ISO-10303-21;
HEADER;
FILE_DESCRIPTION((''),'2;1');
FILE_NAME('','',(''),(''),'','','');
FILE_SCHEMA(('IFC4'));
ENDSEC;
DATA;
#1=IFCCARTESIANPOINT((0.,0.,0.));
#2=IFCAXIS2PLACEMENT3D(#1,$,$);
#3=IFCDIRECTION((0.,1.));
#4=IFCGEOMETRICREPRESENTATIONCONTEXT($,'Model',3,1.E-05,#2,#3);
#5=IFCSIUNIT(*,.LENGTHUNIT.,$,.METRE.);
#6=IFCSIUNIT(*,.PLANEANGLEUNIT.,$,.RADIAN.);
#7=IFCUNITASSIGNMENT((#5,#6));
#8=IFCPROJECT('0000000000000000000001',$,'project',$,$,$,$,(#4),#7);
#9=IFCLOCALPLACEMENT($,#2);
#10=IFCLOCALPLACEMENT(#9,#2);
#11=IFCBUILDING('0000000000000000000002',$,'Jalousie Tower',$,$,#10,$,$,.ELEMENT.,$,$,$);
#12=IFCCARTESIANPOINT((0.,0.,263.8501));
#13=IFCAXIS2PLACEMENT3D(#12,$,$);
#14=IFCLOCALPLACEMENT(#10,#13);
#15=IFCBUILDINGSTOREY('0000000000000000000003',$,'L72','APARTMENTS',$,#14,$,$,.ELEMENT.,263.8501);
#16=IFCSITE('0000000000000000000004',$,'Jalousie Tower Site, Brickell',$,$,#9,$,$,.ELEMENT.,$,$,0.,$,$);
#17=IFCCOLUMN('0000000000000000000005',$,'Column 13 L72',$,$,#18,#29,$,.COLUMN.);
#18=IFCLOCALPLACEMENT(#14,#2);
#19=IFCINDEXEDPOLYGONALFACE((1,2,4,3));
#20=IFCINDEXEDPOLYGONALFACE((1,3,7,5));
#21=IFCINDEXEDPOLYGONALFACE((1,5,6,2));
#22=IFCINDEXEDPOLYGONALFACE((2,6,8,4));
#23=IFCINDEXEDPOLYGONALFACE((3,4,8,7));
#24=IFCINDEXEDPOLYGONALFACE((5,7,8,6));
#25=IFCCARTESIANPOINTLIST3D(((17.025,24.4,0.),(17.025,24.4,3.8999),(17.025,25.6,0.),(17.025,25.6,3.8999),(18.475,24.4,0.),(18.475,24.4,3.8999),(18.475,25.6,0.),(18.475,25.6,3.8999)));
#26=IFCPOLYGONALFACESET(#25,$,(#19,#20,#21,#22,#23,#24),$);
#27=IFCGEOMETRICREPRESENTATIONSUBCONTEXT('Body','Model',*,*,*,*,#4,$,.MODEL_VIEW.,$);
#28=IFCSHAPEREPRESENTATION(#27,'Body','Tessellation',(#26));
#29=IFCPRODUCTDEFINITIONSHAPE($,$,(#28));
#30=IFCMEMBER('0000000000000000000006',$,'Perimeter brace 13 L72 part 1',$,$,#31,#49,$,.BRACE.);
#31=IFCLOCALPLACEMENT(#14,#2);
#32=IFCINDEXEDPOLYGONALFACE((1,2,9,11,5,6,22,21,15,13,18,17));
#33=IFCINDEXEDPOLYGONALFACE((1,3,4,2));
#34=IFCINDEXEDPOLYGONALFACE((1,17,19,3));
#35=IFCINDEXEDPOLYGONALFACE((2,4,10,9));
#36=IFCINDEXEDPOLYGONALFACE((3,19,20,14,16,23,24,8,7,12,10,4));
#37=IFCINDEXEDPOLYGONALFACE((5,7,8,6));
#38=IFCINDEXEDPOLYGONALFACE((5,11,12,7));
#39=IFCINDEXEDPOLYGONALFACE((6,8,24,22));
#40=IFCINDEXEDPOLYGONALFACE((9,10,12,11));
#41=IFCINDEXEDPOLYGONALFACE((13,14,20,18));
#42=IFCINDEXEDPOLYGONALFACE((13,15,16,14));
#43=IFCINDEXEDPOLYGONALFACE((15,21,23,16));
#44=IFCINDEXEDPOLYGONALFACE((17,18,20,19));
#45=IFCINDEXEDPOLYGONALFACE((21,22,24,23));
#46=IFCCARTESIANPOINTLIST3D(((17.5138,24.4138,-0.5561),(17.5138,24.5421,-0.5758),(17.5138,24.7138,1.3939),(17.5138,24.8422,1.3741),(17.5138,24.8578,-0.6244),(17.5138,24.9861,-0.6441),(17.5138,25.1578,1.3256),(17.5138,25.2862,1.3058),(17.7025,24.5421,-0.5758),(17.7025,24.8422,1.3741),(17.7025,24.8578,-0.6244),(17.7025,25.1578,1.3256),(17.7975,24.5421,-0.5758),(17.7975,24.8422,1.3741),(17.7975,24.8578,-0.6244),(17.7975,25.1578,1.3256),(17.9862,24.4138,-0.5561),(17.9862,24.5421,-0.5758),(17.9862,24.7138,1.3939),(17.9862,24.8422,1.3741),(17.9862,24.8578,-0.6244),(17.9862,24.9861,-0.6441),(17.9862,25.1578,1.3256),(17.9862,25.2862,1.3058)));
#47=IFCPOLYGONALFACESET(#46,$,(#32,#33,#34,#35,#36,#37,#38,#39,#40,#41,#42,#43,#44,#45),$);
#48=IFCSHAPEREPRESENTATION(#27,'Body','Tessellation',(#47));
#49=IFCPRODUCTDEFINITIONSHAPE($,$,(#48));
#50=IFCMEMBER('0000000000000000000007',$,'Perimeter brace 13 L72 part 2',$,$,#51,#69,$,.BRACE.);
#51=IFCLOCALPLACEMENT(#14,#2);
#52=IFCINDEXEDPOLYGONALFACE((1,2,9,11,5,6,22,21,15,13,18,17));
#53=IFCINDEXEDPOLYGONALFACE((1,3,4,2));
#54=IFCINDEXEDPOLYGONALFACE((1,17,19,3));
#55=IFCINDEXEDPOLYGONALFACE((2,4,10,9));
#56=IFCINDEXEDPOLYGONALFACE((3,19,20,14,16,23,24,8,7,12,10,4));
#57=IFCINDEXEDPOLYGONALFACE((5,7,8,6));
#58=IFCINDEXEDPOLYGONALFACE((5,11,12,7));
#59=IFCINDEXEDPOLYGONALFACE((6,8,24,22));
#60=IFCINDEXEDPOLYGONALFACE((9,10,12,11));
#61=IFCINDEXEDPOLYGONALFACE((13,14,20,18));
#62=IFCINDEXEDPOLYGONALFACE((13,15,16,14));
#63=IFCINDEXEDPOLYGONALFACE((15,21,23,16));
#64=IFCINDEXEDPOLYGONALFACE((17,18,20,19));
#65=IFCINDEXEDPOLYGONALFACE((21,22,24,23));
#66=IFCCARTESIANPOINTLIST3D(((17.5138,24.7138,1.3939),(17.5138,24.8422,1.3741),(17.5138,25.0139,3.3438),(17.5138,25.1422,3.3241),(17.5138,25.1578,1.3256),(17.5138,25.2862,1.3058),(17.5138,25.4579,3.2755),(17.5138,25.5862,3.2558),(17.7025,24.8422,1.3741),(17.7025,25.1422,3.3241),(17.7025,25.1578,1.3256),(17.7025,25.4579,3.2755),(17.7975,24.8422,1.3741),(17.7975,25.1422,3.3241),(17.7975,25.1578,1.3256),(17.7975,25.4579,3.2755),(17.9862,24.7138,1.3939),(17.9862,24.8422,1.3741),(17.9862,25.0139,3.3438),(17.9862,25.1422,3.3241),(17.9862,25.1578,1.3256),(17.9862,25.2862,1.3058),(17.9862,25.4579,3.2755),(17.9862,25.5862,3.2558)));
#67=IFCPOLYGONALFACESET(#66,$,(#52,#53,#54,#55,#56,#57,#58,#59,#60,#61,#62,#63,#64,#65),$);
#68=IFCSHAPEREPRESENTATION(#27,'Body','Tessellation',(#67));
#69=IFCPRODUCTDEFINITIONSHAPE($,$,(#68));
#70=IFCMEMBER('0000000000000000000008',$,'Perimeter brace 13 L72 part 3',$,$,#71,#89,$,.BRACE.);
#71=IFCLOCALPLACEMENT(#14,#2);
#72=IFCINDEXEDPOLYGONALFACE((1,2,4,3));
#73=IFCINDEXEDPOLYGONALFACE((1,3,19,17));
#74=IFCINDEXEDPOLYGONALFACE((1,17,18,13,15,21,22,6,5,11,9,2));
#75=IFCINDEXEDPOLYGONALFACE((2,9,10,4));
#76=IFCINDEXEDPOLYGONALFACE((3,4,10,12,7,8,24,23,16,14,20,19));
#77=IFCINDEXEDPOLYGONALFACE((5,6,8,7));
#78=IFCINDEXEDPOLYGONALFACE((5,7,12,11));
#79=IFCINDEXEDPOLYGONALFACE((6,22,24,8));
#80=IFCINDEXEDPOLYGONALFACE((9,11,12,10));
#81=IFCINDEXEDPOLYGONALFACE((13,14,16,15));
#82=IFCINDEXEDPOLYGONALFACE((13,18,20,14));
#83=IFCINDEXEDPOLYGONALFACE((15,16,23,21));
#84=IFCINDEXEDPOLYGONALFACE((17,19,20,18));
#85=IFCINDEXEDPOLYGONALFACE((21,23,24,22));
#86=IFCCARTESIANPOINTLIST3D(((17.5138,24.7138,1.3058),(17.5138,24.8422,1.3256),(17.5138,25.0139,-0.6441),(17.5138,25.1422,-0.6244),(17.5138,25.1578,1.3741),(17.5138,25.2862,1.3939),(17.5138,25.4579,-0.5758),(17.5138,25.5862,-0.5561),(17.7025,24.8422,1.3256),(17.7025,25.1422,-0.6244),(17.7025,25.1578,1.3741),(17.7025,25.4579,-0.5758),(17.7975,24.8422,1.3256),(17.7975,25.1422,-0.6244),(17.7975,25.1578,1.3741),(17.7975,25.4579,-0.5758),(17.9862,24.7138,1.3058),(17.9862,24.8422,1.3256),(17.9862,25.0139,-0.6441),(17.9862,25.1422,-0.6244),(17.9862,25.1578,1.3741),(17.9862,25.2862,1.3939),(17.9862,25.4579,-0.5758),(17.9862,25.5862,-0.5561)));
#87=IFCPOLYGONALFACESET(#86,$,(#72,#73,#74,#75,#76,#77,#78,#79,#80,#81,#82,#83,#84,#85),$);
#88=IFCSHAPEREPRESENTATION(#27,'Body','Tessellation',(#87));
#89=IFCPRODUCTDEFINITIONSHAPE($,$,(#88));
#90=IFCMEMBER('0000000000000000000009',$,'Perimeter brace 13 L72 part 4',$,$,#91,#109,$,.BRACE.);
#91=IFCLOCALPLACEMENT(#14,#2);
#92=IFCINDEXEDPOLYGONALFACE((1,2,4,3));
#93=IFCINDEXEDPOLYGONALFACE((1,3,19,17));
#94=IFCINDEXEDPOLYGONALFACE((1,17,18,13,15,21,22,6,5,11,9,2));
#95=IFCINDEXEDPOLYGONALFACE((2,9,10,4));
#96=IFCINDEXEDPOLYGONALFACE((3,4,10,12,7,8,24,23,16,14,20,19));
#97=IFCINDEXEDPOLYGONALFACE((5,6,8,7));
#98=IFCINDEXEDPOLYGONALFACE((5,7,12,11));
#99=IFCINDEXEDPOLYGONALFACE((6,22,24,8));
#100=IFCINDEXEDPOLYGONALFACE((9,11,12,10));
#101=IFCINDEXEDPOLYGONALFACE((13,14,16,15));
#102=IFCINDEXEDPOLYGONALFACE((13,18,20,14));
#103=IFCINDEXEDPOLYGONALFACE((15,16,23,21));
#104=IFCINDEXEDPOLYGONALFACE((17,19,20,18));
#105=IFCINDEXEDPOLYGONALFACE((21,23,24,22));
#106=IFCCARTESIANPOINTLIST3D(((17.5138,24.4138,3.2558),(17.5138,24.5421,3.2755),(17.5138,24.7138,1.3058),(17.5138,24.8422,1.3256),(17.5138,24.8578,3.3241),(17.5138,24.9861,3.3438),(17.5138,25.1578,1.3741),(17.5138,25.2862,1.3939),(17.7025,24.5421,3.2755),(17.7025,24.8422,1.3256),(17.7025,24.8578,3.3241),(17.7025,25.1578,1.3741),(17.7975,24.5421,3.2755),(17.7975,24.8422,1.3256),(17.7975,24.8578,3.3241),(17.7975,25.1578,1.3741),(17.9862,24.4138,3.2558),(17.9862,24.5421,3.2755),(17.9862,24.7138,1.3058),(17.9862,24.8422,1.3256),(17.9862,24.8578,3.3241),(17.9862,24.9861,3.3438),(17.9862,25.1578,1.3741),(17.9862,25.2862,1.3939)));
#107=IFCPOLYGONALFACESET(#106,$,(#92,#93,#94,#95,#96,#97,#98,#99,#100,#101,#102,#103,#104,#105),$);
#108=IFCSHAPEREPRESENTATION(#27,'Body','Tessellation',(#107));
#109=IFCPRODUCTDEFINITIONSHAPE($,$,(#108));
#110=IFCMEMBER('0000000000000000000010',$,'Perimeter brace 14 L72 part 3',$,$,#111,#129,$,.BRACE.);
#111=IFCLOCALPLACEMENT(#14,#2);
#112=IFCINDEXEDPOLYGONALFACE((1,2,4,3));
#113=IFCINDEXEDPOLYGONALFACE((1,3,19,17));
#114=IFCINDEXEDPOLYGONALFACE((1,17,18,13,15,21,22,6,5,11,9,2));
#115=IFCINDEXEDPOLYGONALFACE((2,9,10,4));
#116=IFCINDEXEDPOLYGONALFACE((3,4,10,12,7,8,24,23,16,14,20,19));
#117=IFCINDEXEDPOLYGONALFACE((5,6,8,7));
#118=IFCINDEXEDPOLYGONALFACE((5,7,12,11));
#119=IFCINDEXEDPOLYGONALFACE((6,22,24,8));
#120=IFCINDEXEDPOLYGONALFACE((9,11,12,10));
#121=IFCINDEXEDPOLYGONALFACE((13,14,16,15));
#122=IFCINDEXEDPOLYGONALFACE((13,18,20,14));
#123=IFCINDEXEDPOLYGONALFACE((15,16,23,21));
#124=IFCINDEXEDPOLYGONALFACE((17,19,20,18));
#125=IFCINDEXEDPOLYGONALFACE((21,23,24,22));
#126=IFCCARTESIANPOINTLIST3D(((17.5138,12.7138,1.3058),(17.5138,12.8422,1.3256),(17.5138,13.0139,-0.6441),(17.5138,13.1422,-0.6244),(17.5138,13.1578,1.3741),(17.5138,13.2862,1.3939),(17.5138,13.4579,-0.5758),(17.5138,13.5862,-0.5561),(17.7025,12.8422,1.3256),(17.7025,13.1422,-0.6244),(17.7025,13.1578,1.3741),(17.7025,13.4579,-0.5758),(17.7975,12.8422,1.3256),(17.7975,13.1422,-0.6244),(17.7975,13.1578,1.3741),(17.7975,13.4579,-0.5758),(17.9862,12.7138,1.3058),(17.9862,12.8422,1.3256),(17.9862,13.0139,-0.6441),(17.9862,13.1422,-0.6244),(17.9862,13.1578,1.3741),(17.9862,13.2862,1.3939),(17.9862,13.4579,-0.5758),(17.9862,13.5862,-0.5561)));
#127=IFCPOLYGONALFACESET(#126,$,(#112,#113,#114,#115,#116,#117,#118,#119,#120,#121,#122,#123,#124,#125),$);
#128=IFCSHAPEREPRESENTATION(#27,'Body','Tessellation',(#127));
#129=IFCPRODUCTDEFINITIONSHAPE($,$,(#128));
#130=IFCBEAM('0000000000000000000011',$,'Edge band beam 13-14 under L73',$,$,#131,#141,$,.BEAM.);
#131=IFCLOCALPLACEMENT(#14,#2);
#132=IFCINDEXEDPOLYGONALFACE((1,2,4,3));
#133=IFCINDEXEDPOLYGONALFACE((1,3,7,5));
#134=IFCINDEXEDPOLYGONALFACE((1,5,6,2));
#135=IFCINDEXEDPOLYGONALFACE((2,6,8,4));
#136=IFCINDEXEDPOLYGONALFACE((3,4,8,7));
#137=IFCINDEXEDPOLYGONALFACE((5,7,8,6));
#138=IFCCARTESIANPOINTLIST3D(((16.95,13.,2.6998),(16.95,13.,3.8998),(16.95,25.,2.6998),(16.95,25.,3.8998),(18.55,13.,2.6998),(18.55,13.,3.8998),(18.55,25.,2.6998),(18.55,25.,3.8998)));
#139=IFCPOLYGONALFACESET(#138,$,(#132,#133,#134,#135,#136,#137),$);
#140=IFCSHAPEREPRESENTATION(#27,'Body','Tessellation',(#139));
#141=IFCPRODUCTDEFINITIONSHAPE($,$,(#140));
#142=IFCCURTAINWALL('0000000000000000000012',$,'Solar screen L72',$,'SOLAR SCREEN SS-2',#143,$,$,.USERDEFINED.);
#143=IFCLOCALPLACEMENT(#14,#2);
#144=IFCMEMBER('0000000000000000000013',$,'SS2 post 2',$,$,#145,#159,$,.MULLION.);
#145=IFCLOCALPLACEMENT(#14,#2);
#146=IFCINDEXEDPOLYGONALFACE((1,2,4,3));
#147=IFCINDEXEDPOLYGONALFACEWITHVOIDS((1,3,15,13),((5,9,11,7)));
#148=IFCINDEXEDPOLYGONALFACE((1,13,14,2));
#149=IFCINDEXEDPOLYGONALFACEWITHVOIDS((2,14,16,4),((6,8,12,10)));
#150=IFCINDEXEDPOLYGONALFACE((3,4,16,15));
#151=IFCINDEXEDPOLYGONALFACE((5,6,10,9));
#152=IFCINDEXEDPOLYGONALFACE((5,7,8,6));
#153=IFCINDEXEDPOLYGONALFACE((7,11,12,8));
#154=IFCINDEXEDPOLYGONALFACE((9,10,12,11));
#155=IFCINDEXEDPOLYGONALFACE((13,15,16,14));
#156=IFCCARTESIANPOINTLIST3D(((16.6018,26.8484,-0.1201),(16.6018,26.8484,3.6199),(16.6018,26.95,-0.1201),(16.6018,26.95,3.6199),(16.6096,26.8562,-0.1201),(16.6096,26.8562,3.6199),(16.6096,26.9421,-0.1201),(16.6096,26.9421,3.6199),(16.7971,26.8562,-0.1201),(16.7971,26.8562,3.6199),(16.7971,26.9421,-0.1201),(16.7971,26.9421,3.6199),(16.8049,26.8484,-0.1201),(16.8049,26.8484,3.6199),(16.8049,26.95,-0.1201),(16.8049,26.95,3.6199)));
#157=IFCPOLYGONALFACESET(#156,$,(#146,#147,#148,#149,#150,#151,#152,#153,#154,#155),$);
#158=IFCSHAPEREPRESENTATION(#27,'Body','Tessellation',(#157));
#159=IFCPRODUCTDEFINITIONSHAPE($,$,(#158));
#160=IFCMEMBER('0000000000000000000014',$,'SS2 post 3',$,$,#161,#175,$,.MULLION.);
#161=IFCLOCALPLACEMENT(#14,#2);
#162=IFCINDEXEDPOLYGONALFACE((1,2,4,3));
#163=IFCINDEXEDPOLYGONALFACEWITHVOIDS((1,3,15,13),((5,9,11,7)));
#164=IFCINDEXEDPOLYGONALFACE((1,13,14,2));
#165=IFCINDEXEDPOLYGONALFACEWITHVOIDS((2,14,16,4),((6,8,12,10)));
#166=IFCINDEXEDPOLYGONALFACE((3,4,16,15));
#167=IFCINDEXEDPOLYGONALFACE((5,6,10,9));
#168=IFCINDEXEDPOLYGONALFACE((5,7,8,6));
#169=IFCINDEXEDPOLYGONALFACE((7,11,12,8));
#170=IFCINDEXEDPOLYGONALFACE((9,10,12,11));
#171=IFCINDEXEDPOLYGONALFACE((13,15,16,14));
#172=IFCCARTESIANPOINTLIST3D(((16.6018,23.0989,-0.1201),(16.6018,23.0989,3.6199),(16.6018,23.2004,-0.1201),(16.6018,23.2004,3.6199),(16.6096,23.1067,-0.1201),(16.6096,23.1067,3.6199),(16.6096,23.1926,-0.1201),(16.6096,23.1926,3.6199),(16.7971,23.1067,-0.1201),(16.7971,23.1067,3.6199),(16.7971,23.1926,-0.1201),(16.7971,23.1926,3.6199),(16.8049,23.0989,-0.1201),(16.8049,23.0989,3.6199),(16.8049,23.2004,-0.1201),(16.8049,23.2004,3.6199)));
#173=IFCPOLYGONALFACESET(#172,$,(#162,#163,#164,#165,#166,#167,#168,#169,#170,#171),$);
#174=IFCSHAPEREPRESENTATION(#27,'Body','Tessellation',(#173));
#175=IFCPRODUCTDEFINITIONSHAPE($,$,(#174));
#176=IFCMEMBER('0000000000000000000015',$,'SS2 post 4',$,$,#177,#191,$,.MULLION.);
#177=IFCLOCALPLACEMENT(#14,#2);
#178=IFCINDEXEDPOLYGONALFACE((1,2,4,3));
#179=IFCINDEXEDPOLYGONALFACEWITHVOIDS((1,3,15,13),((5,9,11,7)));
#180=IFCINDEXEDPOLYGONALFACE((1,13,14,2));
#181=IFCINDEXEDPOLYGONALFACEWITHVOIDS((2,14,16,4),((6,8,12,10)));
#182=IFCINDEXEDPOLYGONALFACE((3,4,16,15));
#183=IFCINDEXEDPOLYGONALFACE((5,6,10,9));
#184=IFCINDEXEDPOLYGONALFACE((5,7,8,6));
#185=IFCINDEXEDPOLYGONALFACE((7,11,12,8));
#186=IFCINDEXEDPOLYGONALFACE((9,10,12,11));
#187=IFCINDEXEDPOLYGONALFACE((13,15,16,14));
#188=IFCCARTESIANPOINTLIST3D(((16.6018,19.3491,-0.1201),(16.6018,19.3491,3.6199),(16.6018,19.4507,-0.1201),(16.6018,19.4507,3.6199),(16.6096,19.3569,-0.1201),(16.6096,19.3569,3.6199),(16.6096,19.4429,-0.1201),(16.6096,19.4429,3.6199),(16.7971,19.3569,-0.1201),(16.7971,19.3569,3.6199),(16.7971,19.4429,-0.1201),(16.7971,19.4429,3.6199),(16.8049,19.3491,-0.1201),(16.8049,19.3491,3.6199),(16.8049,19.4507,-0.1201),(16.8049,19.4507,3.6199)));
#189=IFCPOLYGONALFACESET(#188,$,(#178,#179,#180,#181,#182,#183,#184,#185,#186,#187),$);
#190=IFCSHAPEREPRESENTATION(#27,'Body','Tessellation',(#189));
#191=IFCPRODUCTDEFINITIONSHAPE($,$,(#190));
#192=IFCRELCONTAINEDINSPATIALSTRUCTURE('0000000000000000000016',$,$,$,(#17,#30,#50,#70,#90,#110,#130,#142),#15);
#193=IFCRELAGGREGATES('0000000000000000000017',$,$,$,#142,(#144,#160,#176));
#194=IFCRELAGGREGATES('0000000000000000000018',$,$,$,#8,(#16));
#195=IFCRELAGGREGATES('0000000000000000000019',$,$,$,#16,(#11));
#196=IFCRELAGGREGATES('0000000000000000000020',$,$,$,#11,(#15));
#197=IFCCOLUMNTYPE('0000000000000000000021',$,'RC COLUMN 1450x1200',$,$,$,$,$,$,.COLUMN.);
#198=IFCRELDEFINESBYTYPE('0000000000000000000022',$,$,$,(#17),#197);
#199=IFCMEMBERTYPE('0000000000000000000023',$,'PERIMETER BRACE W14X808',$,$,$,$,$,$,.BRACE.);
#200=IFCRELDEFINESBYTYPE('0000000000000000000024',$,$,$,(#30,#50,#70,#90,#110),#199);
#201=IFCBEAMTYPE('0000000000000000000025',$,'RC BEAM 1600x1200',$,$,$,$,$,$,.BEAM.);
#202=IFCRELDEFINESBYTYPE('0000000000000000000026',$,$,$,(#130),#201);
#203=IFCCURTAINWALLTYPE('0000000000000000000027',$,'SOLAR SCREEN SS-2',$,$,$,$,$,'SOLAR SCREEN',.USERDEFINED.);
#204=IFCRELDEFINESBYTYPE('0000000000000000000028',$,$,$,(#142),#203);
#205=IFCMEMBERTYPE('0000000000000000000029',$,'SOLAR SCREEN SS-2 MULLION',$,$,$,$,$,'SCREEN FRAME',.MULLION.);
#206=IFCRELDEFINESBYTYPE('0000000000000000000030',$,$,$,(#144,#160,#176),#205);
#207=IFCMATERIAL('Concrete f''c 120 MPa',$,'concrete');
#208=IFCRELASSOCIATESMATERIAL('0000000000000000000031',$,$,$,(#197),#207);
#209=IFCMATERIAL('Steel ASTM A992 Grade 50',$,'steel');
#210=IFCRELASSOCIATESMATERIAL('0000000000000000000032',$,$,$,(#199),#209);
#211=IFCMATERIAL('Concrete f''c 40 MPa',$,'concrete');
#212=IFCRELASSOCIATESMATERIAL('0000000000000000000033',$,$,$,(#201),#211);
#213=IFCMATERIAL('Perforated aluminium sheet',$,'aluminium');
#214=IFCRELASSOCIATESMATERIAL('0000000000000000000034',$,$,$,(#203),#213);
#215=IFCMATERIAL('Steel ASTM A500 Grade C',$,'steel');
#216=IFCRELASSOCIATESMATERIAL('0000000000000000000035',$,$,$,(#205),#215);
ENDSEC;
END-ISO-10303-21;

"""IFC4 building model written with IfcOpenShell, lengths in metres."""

from ifc_helpers import new_model, si_unit, direction, frame, origin, origin_2d, place, context, subcontext, project, spatial, rectangle, hollow_rectangle, i_section, extrude, material, material_profile, profile_set, type_object, element, aggregate, save


model = new_model("IFC4")

# Units and contexts
model_context = context("Model", 3, precision=1e-05, world=origin(), true_north=direction((0.0, 1.0)))
body_context = subcontext(model_context, "Body", "Model", "MODEL_VIEW")
ifc_project = project(units=[si_unit("LENGTHUNIT", "METRE"), si_unit("PLANEANGLEUNIT", "RADIAN")], contexts=[model_context])

# Site, building, storey
site_placement = place(None, origin())
site = spatial("IfcSite", under=ifc_project, at=site_placement, Name="Jalousie Tower Site, Brickell", CompositionType="ELEMENT", RefElevation=0.0)
building_placement = place(site_placement, origin())
building = spatial("IfcBuilding", under=site, at=building_placement, Name="Jalousie Tower", CompositionType="ELEMENT")
storey_placement = place(building_placement, frame((0.0, 0.0, 263.8501)))
storey = spatial("IfcBuildingStorey", under=building, at=storey_placement, Name="L72", Description="APARTMENTS", CompositionType="ELEMENT", Elevation=263.8501)

# Column
ifc_material_1 = material(Name="Concrete f'c 120 MPa", Category="concrete")
ifc_material_profile_1 = material_profile(ifc_material_1, rectangle(XDim=1.45, YDim=1.2, at=origin_2d()), Name="RC 1450x1200")
ifc_profile_set_1 = profile_set([ifc_material_profile_1], Name="Concrete f'c 120 MPa")
column_type = type_object("IfcColumnType", Name="RC COLUMN 1450x1200", PredefinedType="COLUMN", material=ifc_profile_set_1)
column_placement = place(storey_placement, frame((17.75, 25.0, 0.0), z_axis=(0.0, 0.0, 1.0), x_axis=(1.0, 0.0, 0.0)))
element("IfcColumn", 1, at=column_placement, inside=storey, type_object=column_type, Name="Column 13 L72", PredefinedType="COLUMN", context=body_context, shape_type="SweptSolid", body=[
    extrude(rectangle(XDim=1.45, YDim=1.2, at=origin_2d()), origin(), (0.0, 0.0, 1.0), 3.8999),
])

# Members
ifc_material_2 = material(Name="Steel ASTM A992 Grade 50", Category="steel")
ifc_material_profile_2 = material_profile(ifc_material_2, i_section(OverallWidth=0.4724, OverallDepth=0.5791, WebThickness=0.095, FlangeThickness=0.1299, at=origin_2d()), Name="W14X808")
ifc_profile_set_2 = profile_set([ifc_material_profile_2], Name="Steel ASTM A992 Grade 50")
member_type_1 = type_object("IfcMemberType", Name="PERIMETER BRACE W14X808", PredefinedType="BRACE", material=ifc_profile_set_2)
for number, where, z_axis, x_axis, name in (
    (2, (17.75, 24.7, -0.6001), (0.0, 0.152085, 0.988367), (-1.0, 0.0, 0.0), "Perimeter brace 13 L72 part 1"),
    (3, (17.75, 25.0, 1.3499), (0.0, 0.152085, 0.988367), (-1.0, 0.0, 0.0), "Perimeter brace 13 L72 part 2"),
    (4, (17.75, 25.3, -0.6001), (0.0, -0.152085, 0.988367), (1.0, 0.0, 0.0), "Perimeter brace 13 L72 part 3"),
    (5, (17.75, 25.0, 1.3499), (0.0, -0.152085, 0.988367), (1.0, 0.0, 0.0), "Perimeter brace 13 L72 part 4"),
    (6, (17.75, 13.3, -0.6001), (0.0, -0.152085, 0.988367), (1.0, 0.0, 0.0), "Perimeter brace 14 L72 part 3"),
):
    element("IfcMember", number, at=place(storey_placement, frame(where, z_axis=z_axis, x_axis=x_axis)), inside=storey, type_object=member_type_1, Name=name, PredefinedType="BRACE", context=body_context, shape_type="SweptSolid", body=[
        extrude(i_section(OverallWidth=0.4724, OverallDepth=0.5791, WebThickness=0.095, FlangeThickness=0.1299, at=origin_2d()), origin(), (0.0, 0.0, 1.0), 1.9729),
    ])

# Beam
ifc_material_3 = material(Name="Concrete f'c 40 MPa", Category="concrete")
ifc_material_profile_3 = material_profile(ifc_material_3, rectangle(XDim=1.6001, YDim=1.2, at=origin_2d()), Name="RC 1600x1200")
ifc_profile_set_3 = profile_set([ifc_material_profile_3], Name="Concrete f'c 40 MPa")
beam_type = type_object("IfcBeamType", Name="RC BEAM 1600x1200", PredefinedType="BEAM", material=ifc_profile_set_3)
beam_placement = place(storey_placement, frame((17.75, 25.0, 3.2998), z_axis=(0.0, -1.0, 0.0), x_axis=(1.0, 0.0, 0.0)))
element("IfcBeam", 7, at=beam_placement, inside=storey, type_object=beam_type, Name="Edge band beam 13-14 under L73", PredefinedType="BEAM", context=body_context, shape_type="SweptSolid", body=[
    extrude(rectangle(XDim=1.6001, YDim=1.2, at=origin_2d()), origin(), (0.0, 0.0, 1.0), 12.0),
])

# Curtain wall, members
ifc_material_4 = material(Name="Perforated aluminium sheet", Category="aluminium")
curtain_wall_type = type_object("IfcCurtainWallType", Name="SOLAR SCREEN SS-2", ElementType="SOLAR SCREEN", PredefinedType="USERDEFINED", material=ifc_material_4)
curtain_wall_1_placement = place(storey_placement, origin())
curtain_wall_1 = element("IfcCurtainWall", 8, at=curtain_wall_1_placement, inside=storey, type_object=curtain_wall_type, Name="Solar screen L72", ObjectType="SOLAR SCREEN SS-2", PredefinedType="USERDEFINED")
ifc_material_5 = material(Name="Steel ASTM A500 Grade C", Category="steel")
ifc_material_profile_4 = material_profile(ifc_material_5, hollow_rectangle(XDim=0.1016, YDim=0.2031, WallThickness=0.0078, at=origin_2d()), Name="HSS8X4X5/16")
ifc_profile_set_4 = profile_set([ifc_material_profile_4], Name="Steel ASTM A500 Grade C")
member_type_2 = type_object("IfcMemberType", Name="SOLAR SCREEN SS-2 MULLION", ElementType="SCREEN FRAME", PredefinedType="MULLION", material=ifc_profile_set_4)
member_1_placement = place(storey_placement, frame((16.7034, 26.8992, -0.1201), z_axis=(0.0, 0.0, 1.0), x_axis=(0.0, -1.0, 0.0)))
member_1 = element("IfcMember", 9, at=member_1_placement, type_object=member_type_2, Name="SS2 post 2", PredefinedType="MULLION", context=body_context, shape_type="SweptSolid", body=[
    extrude(hollow_rectangle(XDim=0.1016, YDim=0.2031, WallThickness=0.0078, at=origin_2d()), origin(), (0.0, 0.0, 1.0), 3.74),
])
member_2_placement = place(storey_placement, frame((16.7034, 23.1497, -0.1201), z_axis=(0.0, 0.0, 1.0), x_axis=(0.0, -1.0, 0.0)))
member_2 = element("IfcMember", 10, at=member_2_placement, type_object=member_type_2, Name="SS2 post 3", PredefinedType="MULLION", context=body_context, shape_type="SweptSolid", body=[
    extrude(hollow_rectangle(XDim=0.1016, YDim=0.2031, WallThickness=0.0078, at=origin_2d()), origin(), (0.0, 0.0, 1.0), 3.74),
])
member_3_placement = place(storey_placement, frame((16.7034, 19.3999, -0.1201), z_axis=(0.0, 0.0, 1.0), x_axis=(0.0, -1.0, 0.0)))
member_3 = element("IfcMember", 11, at=member_3_placement, type_object=member_type_2, Name="SS2 post 4", PredefinedType="MULLION", context=body_context, shape_type="SweptSolid", body=[
    extrude(hollow_rectangle(XDim=0.1016, YDim=0.2031, WallThickness=0.0078, at=origin_2d()), origin(), (0.0, 0.0, 1.0), 3.74),
])

aggregate(curtain_wall_1, [member_1, member_2, member_3])

save(model, "model.ifc")
